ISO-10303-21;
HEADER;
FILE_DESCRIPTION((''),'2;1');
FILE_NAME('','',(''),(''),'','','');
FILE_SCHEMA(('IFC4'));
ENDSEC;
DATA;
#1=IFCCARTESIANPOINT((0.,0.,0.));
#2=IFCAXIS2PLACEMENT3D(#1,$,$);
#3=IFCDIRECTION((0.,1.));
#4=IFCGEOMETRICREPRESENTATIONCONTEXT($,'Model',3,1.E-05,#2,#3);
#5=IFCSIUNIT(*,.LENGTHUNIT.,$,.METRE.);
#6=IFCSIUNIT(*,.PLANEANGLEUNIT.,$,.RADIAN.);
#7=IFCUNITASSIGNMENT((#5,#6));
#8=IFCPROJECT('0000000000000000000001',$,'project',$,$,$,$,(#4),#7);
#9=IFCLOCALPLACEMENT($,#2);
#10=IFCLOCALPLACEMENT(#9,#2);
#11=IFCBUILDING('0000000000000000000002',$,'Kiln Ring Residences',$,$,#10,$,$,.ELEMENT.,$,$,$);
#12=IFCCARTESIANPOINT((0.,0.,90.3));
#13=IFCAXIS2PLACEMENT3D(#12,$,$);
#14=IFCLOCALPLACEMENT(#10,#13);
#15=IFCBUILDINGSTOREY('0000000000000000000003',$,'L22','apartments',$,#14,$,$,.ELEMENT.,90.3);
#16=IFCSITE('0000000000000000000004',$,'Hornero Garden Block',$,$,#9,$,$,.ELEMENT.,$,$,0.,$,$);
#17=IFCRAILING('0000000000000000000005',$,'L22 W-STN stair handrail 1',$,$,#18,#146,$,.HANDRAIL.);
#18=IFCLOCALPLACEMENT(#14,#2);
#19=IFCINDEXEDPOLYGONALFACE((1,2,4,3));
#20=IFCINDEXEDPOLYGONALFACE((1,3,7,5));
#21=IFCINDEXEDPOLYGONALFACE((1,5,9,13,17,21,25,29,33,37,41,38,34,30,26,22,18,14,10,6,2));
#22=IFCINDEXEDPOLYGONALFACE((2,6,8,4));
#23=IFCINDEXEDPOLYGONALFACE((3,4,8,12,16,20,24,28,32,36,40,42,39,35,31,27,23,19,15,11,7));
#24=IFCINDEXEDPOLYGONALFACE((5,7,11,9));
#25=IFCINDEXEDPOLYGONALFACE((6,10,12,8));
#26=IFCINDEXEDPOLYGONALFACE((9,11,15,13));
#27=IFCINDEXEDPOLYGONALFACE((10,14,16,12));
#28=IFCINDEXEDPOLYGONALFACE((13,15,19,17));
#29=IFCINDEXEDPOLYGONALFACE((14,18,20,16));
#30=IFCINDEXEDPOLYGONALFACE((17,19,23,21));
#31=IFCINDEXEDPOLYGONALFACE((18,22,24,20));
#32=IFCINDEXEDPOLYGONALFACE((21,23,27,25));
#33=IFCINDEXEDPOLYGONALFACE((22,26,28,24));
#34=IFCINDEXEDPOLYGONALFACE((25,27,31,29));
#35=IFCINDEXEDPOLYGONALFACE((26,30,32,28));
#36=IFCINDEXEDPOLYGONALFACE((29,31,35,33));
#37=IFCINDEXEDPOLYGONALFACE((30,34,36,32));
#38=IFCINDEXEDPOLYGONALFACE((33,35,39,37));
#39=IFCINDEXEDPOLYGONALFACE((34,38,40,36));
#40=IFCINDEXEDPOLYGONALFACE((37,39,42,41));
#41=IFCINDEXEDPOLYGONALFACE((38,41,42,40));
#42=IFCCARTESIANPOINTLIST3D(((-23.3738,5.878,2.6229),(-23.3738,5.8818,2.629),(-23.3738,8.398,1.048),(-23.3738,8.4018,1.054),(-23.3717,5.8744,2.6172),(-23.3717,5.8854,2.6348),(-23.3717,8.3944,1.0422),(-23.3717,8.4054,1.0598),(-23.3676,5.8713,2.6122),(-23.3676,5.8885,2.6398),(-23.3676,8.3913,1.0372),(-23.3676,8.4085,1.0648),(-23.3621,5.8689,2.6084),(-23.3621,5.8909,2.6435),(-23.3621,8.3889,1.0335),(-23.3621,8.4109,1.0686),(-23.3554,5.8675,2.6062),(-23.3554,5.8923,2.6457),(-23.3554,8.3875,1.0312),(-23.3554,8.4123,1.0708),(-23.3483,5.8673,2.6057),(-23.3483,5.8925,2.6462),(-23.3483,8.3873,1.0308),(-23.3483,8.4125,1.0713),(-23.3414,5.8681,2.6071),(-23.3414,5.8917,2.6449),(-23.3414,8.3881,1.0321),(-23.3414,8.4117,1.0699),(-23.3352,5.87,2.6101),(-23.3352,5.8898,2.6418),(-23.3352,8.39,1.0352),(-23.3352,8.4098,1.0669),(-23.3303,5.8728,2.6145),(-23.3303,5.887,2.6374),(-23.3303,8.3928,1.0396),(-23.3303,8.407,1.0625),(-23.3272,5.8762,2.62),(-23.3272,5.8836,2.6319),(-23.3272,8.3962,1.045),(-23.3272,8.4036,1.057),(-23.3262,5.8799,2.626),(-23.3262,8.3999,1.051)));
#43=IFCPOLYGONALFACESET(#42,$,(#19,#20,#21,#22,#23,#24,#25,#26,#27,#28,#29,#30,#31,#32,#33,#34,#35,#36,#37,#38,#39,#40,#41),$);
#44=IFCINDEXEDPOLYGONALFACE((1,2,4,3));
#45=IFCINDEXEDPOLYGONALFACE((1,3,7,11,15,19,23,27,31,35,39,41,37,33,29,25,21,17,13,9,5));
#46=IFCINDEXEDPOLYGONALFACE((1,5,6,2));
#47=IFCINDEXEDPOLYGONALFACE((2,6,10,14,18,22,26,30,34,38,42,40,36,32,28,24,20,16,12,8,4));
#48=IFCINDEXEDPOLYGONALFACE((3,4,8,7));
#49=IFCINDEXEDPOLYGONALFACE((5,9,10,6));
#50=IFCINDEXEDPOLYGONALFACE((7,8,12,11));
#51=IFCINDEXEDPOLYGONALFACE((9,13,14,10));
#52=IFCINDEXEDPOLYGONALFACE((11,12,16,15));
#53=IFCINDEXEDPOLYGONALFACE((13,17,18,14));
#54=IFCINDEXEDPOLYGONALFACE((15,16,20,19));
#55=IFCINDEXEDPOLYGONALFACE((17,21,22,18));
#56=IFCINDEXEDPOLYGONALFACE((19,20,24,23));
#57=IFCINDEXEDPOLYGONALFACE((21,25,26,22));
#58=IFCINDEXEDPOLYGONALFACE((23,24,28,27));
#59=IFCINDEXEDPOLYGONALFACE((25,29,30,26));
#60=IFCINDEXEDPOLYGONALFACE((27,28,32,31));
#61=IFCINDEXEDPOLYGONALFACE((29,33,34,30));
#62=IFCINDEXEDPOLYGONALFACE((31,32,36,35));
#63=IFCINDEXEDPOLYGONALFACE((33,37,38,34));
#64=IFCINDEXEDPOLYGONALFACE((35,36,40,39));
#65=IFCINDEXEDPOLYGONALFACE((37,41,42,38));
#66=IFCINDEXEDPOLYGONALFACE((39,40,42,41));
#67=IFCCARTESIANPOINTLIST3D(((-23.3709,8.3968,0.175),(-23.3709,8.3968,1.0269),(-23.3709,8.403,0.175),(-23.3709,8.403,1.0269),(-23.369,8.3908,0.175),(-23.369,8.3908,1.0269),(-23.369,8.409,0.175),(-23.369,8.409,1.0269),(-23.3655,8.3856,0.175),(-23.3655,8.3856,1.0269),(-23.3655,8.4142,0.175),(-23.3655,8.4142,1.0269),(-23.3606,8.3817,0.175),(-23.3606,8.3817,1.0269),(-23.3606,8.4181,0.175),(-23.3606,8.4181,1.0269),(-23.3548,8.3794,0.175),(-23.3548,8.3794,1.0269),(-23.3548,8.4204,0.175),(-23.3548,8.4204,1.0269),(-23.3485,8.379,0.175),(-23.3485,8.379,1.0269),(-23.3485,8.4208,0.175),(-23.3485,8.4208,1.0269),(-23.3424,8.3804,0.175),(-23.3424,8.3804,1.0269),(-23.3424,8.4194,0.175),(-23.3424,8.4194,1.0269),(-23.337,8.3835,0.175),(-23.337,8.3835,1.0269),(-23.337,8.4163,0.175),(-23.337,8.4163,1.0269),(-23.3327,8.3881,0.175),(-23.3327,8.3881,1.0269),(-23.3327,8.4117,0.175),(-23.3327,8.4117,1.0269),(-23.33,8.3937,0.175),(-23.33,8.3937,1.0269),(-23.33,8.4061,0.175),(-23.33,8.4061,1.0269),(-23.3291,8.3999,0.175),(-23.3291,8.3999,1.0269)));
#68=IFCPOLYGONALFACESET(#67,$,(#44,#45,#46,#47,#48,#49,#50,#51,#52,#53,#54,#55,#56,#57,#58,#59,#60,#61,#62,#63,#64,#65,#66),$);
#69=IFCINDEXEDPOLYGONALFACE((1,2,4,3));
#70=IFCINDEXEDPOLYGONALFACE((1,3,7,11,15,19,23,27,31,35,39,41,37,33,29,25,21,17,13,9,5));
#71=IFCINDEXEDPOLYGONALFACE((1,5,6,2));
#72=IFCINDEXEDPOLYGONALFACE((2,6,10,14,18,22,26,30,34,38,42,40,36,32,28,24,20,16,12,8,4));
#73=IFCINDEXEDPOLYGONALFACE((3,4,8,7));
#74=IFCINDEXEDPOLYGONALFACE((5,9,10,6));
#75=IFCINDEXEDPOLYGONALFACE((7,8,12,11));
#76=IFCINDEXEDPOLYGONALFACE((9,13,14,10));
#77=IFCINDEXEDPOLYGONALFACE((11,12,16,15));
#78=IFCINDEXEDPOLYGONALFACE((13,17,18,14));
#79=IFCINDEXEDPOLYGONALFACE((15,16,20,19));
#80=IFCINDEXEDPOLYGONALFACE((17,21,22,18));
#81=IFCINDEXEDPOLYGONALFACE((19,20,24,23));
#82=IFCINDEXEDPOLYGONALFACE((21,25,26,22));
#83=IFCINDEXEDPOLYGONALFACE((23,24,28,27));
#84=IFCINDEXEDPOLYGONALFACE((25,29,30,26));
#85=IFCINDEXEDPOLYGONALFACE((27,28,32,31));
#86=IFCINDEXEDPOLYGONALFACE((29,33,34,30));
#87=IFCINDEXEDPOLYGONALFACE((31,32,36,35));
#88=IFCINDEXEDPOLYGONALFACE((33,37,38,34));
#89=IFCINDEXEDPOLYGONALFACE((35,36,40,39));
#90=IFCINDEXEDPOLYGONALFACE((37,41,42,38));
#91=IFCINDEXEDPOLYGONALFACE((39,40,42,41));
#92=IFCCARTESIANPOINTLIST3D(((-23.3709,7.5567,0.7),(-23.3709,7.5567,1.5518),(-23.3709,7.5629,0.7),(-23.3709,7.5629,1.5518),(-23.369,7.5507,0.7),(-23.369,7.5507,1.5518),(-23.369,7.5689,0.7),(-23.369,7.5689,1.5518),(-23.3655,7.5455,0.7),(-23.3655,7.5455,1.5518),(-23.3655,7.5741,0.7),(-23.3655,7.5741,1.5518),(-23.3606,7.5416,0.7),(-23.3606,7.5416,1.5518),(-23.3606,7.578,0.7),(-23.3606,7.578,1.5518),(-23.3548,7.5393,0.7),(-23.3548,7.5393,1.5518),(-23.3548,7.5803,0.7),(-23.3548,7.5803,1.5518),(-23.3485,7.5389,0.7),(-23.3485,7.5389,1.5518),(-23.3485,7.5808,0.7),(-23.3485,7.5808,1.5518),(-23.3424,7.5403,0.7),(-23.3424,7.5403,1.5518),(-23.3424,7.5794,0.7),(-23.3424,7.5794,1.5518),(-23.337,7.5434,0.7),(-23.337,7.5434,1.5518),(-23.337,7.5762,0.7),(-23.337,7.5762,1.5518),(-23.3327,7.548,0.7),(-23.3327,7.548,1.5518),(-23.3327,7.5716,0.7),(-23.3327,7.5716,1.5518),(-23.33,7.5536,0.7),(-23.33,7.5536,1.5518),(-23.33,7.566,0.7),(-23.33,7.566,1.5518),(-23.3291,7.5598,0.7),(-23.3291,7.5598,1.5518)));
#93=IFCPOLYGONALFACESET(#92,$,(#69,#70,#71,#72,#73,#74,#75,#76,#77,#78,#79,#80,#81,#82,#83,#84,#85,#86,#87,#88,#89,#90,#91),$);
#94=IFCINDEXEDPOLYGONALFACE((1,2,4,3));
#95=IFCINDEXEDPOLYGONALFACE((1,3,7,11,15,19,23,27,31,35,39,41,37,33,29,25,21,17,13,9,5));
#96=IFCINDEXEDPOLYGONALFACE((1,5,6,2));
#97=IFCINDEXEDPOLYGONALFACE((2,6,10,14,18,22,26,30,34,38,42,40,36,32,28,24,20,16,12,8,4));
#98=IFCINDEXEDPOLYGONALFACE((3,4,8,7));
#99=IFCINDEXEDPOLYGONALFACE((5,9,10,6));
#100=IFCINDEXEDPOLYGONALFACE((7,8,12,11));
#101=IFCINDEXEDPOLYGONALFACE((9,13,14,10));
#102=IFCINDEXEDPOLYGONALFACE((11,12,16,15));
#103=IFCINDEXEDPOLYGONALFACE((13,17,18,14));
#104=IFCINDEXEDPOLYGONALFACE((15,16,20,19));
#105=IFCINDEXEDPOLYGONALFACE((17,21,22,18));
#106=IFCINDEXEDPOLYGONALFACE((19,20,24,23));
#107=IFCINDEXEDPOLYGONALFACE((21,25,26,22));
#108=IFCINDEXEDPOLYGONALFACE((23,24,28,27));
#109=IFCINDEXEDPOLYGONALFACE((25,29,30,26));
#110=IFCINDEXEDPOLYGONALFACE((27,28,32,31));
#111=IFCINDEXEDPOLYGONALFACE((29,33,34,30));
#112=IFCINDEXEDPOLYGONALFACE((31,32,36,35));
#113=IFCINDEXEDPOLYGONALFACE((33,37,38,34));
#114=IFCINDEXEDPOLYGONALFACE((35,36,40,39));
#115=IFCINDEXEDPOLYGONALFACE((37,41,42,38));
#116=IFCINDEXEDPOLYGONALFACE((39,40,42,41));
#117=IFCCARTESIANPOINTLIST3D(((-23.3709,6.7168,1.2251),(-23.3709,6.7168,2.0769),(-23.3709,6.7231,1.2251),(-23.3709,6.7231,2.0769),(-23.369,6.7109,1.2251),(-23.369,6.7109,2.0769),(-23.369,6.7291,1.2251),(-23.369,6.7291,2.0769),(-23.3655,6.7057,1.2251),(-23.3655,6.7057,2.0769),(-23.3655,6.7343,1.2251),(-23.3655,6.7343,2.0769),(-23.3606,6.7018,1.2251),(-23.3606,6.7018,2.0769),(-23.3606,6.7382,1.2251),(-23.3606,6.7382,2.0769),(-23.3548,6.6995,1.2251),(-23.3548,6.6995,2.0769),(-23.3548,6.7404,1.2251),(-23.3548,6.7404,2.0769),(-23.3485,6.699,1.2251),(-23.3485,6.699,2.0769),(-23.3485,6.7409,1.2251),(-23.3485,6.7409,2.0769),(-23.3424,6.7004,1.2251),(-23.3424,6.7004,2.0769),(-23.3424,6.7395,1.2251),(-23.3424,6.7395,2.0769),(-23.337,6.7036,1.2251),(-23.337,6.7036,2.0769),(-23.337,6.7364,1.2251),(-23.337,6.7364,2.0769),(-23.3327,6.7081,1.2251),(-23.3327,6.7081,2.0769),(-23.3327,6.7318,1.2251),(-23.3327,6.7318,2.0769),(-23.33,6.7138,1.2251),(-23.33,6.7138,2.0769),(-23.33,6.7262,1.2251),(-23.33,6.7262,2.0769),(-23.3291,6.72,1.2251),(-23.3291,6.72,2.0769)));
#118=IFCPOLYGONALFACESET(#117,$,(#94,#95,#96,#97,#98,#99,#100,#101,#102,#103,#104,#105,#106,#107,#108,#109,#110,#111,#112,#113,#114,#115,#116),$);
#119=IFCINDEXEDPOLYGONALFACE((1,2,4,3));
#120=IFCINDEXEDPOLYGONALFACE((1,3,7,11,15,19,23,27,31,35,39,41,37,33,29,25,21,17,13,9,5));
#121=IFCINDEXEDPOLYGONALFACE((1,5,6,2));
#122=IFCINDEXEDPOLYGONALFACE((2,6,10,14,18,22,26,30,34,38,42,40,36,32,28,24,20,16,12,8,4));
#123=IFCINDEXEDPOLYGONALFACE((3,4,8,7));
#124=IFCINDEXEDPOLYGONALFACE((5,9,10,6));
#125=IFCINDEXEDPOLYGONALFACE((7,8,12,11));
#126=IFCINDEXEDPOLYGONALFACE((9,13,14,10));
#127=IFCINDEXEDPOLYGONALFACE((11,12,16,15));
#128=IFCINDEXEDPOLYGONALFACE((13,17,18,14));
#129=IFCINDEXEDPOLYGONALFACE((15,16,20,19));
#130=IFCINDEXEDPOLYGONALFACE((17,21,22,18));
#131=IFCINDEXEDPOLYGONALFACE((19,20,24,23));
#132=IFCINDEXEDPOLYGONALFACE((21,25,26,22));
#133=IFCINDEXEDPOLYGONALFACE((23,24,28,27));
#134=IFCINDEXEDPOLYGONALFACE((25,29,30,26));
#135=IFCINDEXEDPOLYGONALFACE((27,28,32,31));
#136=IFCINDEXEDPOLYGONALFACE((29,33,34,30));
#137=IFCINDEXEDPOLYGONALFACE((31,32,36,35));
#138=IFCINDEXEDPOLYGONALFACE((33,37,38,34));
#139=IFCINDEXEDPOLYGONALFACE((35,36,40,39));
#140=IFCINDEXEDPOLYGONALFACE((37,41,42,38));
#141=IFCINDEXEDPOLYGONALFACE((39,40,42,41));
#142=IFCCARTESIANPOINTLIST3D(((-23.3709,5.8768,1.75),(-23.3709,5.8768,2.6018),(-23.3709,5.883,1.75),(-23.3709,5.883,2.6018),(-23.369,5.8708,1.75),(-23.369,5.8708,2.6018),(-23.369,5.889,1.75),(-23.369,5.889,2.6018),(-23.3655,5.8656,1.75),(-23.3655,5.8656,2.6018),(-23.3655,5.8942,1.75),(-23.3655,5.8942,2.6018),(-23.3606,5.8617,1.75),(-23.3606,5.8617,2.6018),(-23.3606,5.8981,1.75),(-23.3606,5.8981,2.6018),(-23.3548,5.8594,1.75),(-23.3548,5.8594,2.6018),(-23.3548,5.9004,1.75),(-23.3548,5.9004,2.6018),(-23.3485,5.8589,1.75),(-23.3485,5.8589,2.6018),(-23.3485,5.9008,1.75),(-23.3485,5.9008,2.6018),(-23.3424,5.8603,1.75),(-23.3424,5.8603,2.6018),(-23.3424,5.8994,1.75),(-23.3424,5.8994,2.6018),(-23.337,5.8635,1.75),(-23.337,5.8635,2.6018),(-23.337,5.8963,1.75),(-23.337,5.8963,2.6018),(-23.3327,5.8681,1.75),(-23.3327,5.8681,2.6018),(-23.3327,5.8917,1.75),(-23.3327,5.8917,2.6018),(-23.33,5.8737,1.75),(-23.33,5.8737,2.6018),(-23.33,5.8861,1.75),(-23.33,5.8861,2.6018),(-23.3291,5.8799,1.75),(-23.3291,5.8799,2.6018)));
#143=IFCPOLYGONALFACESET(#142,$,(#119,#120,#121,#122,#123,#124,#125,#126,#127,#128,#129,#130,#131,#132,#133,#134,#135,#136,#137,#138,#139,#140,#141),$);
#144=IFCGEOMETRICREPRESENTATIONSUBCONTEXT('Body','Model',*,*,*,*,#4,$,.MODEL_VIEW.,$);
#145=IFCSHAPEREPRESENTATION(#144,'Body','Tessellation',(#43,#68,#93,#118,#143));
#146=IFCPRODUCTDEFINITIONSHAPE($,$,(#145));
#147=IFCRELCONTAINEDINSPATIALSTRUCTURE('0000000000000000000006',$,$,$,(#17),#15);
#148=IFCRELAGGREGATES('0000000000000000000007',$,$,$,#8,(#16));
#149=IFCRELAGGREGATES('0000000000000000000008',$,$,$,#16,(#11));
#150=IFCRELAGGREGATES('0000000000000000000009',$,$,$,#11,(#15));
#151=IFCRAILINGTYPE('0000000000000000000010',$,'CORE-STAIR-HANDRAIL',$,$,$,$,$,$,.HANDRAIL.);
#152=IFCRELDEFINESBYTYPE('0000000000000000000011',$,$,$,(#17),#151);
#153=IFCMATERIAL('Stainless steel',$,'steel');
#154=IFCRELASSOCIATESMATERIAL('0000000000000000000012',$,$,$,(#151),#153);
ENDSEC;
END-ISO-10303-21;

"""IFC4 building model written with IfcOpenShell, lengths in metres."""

from ifc_helpers import new_model, si_unit, direction, frame, origin, origin_2d, place, context, subcontext, project, spatial, circle, extrude, material, type_object, element, save


model = new_model("IFC4")

# Units and contexts
model_context = context("Model", 3, precision=1e-05, world=origin(), true_north=direction((0.0, 1.0)))
body_context = subcontext(model_context, "Body", "Model", "MODEL_VIEW")
ifc_project = project(units=[si_unit("LENGTHUNIT", "METRE"), si_unit("PLANEANGLEUNIT", "RADIAN")], contexts=[model_context])

# Site, building, storey
site_placement = place(None, origin())
site = spatial("IfcSite", under=ifc_project, at=site_placement, Name="Hornero Garden Block", CompositionType="ELEMENT", RefElevation=0.0)
building_placement = place(site_placement, origin())
building = spatial("IfcBuilding", under=site, at=building_placement, Name="Kiln Ring Residences", CompositionType="ELEMENT")
storey_placement = place(building_placement, frame((0.0, 0.0, 90.3)))
storey = spatial("IfcBuildingStorey", under=building, at=storey_placement, Name="L22", Description="apartments", CompositionType="ELEMENT", Elevation=90.3)

# Railing
ifc_material_1 = material(Name="Stainless steel", Category="steel")
railing_type_1 = type_object("IfcRailingType", Name="CORE-STAIR-HANDRAIL", PredefinedType="HANDRAIL", material=ifc_material_1)
railing_1_placement = place(storey_placement, frame((-23.3501, 8.3999, 0.175)))
element("IfcRailing", 1, at=railing_1_placement, inside=storey, type_object=railing_type_1, Name="L22 W-STN stair handrail 1", PredefinedType="HANDRAIL", context=body_context, shape_type="SweptSolid", body=[
    extrude(circle(Radius=0.0239, at=origin_2d()), frame((0.0, 0.0, 0.876), z_axis=(0.0, -0.848008, 0.529984), x_axis=(1.0, 0.0, 0.0)), (0.0, 0.0, 1.0), 2.9717),
    extrude(circle(Radius=0.021, at=origin_2d()), origin(), (0.0, 0.0, 1.0), 0.8518),
    extrude(circle(Radius=0.021, at=origin_2d()), frame((0.0, -0.8401, 0.5249)), (0.0, 0.0, 1.0), 0.8518),
    extrude(circle(Radius=0.021, at=origin_2d()), frame((0.0, -1.6799, 1.05)), (0.0, 0.0, 1.0), 0.8518),
    extrude(circle(Radius=0.021, at=origin_2d()), frame((0.0, -2.52, 1.575)), (0.0, 0.0, 1.0), 0.8518),
])

save(model, "model.ifc")
